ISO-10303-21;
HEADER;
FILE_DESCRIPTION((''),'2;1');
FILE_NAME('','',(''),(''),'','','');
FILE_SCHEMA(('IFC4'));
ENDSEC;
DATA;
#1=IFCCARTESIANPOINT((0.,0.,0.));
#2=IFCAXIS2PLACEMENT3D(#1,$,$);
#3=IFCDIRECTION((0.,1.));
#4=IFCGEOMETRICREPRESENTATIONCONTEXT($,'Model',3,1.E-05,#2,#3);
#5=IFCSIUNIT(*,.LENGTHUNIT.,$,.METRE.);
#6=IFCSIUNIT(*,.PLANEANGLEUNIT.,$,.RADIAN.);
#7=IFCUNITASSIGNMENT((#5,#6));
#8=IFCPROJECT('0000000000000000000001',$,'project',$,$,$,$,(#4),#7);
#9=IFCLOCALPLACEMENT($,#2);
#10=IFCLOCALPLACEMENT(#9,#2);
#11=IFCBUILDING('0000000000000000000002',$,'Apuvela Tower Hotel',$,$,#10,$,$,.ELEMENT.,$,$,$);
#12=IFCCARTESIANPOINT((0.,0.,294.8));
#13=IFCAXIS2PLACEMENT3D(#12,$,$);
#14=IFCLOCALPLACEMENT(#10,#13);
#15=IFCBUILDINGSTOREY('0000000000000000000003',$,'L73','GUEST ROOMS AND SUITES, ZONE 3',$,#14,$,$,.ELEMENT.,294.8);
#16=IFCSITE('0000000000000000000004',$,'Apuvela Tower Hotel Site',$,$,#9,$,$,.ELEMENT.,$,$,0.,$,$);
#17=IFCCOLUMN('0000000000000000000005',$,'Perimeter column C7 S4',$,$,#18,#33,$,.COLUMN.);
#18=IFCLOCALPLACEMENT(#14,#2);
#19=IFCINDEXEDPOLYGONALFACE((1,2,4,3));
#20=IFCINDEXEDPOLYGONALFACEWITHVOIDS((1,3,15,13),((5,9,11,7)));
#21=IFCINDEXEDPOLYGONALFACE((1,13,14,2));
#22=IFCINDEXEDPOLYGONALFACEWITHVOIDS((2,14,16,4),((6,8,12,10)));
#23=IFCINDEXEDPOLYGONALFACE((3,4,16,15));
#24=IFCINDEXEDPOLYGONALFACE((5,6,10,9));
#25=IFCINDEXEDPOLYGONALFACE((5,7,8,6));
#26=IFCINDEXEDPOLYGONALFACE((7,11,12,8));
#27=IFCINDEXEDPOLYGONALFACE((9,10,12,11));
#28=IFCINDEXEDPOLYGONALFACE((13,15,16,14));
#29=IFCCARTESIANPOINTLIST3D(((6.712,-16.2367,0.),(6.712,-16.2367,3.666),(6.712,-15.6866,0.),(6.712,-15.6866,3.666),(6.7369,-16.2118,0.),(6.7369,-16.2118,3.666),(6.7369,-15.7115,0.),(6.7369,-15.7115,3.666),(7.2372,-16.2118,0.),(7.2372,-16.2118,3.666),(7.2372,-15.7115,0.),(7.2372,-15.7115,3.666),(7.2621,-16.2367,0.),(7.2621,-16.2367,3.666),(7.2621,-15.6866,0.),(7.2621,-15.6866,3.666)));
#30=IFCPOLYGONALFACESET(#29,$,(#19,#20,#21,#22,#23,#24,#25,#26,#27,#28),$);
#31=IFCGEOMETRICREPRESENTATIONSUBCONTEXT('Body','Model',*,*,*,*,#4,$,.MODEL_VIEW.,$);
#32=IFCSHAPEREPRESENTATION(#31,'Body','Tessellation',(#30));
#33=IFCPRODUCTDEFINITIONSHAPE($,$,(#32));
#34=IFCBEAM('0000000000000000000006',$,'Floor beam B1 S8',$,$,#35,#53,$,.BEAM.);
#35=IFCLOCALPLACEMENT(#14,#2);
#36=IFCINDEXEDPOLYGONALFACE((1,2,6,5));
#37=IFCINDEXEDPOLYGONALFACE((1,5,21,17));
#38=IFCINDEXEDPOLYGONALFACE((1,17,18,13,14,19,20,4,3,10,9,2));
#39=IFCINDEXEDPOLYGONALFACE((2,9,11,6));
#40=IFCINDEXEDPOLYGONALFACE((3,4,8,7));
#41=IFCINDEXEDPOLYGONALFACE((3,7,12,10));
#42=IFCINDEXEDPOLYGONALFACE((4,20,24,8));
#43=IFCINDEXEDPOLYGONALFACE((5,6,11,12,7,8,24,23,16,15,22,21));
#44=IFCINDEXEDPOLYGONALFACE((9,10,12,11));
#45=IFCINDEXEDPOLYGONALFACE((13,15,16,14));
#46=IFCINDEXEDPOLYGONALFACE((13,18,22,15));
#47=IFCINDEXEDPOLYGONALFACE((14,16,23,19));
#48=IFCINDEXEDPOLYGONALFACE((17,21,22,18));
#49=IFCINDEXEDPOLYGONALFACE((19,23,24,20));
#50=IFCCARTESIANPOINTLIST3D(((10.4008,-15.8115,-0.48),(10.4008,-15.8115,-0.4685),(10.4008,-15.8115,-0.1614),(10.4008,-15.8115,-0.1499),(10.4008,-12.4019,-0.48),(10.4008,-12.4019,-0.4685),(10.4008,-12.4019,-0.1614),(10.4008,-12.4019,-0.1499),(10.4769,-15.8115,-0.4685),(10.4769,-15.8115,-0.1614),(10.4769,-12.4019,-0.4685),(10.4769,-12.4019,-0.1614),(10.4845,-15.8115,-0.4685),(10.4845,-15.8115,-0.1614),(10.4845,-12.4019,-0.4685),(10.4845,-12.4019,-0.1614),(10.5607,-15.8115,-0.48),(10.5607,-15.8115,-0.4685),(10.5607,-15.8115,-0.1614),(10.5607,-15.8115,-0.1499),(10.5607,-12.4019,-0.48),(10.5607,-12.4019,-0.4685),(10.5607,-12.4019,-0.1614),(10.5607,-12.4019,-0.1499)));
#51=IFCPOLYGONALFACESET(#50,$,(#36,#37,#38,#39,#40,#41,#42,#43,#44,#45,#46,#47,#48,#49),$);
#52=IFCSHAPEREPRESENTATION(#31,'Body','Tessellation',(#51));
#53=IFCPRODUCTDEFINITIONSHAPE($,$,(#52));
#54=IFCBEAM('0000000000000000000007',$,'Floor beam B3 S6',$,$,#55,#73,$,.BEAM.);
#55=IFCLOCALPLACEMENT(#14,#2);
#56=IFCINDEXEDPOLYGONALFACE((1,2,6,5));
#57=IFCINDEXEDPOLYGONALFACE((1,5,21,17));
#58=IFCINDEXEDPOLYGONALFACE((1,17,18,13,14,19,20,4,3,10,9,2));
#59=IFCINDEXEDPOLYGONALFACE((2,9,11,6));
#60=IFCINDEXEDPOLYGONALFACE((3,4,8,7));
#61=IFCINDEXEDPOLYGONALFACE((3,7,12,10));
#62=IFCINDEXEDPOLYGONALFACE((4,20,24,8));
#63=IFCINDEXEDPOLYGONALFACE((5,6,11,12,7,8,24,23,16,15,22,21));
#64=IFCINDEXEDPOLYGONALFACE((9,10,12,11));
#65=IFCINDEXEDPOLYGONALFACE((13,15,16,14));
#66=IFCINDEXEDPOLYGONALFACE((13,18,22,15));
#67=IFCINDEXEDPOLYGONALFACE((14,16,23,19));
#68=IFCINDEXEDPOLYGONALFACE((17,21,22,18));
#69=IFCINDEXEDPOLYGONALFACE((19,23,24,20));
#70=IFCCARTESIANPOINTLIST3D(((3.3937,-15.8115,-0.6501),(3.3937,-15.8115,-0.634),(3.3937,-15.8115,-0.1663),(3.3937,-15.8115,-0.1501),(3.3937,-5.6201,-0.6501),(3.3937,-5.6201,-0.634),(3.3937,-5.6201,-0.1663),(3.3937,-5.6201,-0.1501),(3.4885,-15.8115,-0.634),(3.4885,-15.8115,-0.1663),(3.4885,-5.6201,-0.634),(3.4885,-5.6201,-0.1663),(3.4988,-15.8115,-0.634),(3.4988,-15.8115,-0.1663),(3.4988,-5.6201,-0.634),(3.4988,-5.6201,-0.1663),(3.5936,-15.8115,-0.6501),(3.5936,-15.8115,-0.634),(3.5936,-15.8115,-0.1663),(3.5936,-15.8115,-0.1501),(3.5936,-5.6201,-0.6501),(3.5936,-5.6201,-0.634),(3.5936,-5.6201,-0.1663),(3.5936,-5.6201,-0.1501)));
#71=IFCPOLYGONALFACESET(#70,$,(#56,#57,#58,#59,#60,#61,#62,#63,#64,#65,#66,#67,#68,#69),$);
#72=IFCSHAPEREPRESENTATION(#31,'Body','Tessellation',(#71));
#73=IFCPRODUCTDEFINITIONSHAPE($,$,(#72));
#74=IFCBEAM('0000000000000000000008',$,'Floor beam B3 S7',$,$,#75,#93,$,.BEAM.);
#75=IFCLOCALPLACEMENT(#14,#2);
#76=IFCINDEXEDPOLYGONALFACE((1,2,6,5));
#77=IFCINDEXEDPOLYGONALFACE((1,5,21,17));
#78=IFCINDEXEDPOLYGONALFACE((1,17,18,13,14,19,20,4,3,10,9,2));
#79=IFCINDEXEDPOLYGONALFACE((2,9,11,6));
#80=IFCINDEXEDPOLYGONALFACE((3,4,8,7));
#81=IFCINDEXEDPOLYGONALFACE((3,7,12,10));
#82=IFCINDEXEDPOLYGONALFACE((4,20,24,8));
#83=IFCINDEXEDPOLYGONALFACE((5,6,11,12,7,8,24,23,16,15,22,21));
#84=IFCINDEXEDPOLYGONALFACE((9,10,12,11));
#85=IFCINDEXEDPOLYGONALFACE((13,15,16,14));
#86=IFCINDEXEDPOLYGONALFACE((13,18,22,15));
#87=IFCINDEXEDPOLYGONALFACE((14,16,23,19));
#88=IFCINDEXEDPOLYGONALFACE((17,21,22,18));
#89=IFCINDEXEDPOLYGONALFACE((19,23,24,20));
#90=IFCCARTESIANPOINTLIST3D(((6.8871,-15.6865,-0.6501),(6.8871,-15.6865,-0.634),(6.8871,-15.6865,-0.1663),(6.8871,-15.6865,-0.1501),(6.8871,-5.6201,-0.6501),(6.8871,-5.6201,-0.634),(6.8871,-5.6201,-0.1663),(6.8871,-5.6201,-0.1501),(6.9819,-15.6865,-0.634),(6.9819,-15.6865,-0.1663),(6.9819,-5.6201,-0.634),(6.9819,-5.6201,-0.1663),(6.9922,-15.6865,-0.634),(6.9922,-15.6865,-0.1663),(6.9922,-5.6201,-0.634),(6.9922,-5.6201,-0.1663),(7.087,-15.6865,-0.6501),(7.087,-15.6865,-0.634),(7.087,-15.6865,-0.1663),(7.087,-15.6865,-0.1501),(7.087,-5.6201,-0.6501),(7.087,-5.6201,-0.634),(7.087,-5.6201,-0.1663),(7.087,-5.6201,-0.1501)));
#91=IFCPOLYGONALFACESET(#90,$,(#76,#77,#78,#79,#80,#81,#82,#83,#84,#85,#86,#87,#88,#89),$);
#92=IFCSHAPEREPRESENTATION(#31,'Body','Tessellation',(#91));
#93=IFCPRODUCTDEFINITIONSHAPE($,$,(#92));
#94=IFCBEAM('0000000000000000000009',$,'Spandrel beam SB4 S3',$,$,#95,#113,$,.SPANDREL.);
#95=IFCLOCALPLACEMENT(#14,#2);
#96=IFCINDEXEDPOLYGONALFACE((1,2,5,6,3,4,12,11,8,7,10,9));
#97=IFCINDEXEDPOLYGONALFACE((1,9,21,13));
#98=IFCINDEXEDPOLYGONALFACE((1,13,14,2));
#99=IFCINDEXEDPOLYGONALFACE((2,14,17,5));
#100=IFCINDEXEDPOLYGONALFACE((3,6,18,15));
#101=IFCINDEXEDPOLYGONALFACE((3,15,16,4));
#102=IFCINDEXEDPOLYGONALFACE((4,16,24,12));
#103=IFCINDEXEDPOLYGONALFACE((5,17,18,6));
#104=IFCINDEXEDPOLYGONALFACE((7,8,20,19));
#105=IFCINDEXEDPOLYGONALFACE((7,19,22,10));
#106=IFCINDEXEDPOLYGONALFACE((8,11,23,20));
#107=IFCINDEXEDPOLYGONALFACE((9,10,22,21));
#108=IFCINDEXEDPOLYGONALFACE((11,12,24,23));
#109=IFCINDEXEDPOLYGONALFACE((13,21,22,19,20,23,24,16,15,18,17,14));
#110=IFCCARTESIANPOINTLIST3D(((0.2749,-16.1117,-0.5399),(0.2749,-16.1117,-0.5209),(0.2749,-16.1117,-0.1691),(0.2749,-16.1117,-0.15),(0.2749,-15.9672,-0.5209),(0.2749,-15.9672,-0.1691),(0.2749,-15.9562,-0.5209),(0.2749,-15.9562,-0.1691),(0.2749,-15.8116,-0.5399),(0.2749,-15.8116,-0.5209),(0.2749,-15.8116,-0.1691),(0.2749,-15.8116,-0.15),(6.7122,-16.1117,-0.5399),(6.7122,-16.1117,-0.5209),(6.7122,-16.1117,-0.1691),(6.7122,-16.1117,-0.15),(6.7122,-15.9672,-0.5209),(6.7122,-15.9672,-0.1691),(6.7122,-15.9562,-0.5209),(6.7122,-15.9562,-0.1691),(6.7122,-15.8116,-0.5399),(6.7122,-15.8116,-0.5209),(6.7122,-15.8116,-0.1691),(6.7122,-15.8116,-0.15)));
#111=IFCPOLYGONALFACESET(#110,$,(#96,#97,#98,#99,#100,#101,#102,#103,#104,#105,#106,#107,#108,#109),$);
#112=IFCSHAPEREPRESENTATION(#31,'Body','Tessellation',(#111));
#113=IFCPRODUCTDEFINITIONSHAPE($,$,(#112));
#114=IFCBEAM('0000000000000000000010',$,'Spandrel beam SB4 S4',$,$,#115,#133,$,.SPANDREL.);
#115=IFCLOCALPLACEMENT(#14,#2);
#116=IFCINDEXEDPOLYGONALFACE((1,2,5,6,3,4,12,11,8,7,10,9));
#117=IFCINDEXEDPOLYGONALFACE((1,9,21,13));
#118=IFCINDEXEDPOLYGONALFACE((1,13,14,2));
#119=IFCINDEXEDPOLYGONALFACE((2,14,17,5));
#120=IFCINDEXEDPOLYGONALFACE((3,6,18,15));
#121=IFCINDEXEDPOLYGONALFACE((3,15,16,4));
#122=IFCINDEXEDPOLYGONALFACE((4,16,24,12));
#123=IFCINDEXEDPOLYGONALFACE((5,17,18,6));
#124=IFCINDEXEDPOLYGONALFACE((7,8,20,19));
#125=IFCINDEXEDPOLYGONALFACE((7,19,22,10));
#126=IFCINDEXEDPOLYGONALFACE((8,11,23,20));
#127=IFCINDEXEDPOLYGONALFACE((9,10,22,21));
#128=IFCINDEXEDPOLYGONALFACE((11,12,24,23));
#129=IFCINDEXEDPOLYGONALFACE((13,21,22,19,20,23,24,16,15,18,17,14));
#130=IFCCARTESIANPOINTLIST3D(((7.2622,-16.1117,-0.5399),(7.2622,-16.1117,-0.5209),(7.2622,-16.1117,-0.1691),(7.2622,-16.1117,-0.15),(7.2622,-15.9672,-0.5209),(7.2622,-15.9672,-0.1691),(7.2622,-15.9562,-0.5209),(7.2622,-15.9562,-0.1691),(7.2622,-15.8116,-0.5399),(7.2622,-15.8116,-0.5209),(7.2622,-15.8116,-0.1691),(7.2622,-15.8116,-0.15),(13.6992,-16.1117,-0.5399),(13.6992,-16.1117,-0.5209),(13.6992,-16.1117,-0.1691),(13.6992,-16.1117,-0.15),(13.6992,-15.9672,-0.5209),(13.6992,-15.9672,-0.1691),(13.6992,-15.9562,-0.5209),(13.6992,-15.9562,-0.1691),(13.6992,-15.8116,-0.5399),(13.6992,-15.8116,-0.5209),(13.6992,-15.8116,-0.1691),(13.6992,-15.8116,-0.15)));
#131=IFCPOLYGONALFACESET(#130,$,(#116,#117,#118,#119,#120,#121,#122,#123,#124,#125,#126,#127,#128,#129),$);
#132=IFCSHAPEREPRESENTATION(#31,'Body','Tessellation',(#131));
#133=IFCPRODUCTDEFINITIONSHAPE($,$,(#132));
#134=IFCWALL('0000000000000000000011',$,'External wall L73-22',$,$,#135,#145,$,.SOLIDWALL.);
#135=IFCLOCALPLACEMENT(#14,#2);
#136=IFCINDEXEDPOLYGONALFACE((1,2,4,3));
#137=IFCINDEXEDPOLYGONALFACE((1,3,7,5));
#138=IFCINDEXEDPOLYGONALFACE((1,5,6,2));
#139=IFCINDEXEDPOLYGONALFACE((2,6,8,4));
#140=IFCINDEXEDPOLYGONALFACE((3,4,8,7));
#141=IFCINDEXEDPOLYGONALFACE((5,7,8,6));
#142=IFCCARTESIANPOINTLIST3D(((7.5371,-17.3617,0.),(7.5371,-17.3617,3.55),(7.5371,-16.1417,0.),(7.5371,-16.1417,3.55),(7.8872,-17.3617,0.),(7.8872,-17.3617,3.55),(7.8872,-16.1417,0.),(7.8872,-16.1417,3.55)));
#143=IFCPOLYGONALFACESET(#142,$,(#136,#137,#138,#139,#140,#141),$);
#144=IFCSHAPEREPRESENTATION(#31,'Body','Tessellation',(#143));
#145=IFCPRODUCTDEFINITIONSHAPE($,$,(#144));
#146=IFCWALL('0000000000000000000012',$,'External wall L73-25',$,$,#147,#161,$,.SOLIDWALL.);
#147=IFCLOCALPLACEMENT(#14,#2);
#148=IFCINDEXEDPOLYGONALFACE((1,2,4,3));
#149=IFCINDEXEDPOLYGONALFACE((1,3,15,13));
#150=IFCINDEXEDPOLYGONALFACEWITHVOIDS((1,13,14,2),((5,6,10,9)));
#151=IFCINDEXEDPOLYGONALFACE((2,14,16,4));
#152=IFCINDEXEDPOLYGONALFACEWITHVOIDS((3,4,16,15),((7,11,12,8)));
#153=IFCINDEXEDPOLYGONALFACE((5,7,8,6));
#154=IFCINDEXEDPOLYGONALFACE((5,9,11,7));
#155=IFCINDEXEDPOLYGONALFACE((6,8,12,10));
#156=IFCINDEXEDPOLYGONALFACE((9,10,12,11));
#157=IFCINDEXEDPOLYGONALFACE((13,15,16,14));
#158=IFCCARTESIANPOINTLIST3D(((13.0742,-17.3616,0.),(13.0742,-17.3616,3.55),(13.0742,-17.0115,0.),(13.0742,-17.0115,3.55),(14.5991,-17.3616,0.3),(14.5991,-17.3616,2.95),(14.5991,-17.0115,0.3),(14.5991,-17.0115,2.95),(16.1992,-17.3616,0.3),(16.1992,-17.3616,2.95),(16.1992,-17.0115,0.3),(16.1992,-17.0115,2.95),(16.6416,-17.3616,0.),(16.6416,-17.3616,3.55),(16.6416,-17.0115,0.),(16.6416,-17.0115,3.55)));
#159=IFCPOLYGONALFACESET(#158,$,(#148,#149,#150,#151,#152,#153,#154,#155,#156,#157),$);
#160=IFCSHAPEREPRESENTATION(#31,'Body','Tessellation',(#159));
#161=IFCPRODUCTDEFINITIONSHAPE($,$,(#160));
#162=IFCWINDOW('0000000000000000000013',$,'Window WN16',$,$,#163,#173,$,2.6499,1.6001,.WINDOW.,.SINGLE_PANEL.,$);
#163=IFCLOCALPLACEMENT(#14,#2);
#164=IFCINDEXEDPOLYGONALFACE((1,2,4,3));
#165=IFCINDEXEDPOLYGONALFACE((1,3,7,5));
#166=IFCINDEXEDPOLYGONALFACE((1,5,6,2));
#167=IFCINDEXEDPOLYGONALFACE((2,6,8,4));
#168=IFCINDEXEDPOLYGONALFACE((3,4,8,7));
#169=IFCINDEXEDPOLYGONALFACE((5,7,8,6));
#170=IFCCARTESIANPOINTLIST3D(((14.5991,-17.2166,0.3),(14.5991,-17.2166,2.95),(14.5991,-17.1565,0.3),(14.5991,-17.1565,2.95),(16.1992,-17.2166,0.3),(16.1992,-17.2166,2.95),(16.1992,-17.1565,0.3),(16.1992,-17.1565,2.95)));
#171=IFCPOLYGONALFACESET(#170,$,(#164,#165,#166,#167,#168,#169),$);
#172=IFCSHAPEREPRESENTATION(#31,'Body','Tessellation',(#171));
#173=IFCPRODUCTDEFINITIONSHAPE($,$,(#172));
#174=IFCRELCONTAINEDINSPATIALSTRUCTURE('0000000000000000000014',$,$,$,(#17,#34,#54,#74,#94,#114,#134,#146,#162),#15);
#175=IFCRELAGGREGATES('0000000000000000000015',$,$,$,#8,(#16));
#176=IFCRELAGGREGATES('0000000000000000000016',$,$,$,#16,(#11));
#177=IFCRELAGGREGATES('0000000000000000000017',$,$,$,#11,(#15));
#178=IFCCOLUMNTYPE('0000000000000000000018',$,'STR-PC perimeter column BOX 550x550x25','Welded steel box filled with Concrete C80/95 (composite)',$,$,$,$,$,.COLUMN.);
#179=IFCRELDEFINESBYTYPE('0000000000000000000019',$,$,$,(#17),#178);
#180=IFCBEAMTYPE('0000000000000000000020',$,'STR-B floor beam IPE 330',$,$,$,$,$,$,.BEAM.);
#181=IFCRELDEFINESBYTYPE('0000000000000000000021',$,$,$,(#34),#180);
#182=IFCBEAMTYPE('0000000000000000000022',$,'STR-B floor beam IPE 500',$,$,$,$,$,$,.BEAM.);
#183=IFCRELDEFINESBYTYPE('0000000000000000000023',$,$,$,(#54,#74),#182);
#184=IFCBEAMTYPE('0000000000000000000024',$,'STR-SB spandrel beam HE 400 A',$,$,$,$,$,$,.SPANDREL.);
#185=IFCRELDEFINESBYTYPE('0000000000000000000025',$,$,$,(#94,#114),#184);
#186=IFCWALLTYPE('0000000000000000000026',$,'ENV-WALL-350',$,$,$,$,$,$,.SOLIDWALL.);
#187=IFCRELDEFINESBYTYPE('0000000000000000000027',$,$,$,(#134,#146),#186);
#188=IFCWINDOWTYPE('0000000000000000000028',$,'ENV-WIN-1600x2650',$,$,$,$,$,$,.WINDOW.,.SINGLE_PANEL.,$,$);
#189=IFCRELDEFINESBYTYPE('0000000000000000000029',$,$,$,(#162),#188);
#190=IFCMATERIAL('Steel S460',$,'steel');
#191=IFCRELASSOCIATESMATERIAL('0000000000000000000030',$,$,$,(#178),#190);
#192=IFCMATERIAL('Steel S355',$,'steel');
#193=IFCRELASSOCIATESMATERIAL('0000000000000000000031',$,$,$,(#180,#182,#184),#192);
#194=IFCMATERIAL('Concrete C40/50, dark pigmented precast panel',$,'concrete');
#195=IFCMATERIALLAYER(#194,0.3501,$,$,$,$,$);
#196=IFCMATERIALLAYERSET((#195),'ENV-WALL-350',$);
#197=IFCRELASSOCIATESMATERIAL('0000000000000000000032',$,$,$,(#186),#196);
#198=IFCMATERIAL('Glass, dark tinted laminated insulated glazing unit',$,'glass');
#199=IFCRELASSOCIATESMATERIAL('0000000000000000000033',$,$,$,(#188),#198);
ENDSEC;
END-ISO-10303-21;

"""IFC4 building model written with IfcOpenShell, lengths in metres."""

from ifc_helpers import new_model, si_unit, direction, frame, frame_2d, origin, origin_2d, place, context, subcontext, project, spatial, rectangle, hollow_rectangle, i_section, extrude, boolean, halfspace, material, layer, layer_set, material_profile, profile_set, type_object, element, fill, save


model = new_model("IFC4")

# Units and contexts
model_context = context("Model", 3, precision=1e-05, world=origin(), true_north=direction((0.0, 1.0)))
body_context = subcontext(model_context, "Body", "Model", "MODEL_VIEW")
ifc_project = project(units=[si_unit("LENGTHUNIT", "METRE"), si_unit("PLANEANGLEUNIT", "RADIAN")], contexts=[model_context])

# Site, building, storey
site_placement = place(None, origin())
site = spatial("IfcSite", under=ifc_project, at=site_placement, Name="Apuvela Tower Hotel Site", CompositionType="ELEMENT", RefElevation=0.0)
building_placement = place(site_placement, origin())
building = spatial("IfcBuilding", under=site, at=building_placement, Name="Apuvela Tower Hotel", CompositionType="ELEMENT")
storey_placement = place(building_placement, frame((0.0, 0.0, 294.8)))
storey = spatial("IfcBuildingStorey", under=building, at=storey_placement, Name="L73", Description="GUEST ROOMS AND SUITES, ZONE 3", CompositionType="ELEMENT", Elevation=294.8)

# Column
ifc_material_1 = material(Name="Steel S460", Category="steel")
ifc_material_profile_1 = material_profile(ifc_material_1, hollow_rectangle(XDim=0.55, YDim=0.55, WallThickness=0.0249, at=origin_2d()), Name="BOX 550x550x25")
ifc_material_2 = material(Name="Concrete C80/95", Category="concrete")
ifc_material_profile_2 = material_profile(ifc_material_2, rectangle(XDim=0.5, YDim=0.5, at=origin_2d()), Name="Concrete C80/95 infill")
ifc_profile_set_1 = profile_set([ifc_material_profile_1, ifc_material_profile_2], Name="Steel S460")
column_type = type_object("IfcColumnType", Name="STR-PC perimeter column BOX 550x550x25", Description="Welded steel box filled with Concrete C80/95 (composite)", PredefinedType="COLUMN", material=ifc_profile_set_1)
column_placement = place(storey_placement, frame((6.9871, -15.9617, 0.0), z_axis=(0.0, 0.0, 1.0), x_axis=(-1.0, 0.0, 0.0)))
element("IfcColumn", 1, at=column_placement, inside=storey, type_object=column_type, Name="Perimeter column C7 S4", PredefinedType="COLUMN", context=body_context, shape_type="SweptSolid", body=[
    boolean("DIFFERENCE", extrude(hollow_rectangle(XDim=0.55, YDim=0.55, WallThickness=0.0249, at=origin_2d()), origin(), (0.0, 0.0, 1.0), 3.7), halfspace(frame((0.0, 0.0, 3.666), z_axis=(0.0, 0.0, 1.0), x_axis=(1.0, 0.0, 0.0)), False)),
])

# Beams
ifc_material_3 = material(Name="Steel S355", Category="steel")
ifc_material_profile_3 = material_profile(ifc_material_3, i_section(OverallWidth=0.1599, OverallDepth=0.3301, WebThickness=0.0076, FlangeThickness=0.0115, at=origin_2d()), Name="IPE 330")
ifc_profile_set_2 = profile_set([ifc_material_profile_3], Name="Steel S355")
beam_type_1 = type_object("IfcBeamType", Name="STR-B floor beam IPE 330", PredefinedType="BEAM", material=ifc_profile_set_2)
beam_1_placement = place(storey_placement, frame((10.4807, -15.8115, -0.3149), z_axis=(0.0, 1.0, 0.0), x_axis=(-1.0, 0.0, 0.0)))
element("IfcBeam", 2, at=beam_1_placement, inside=storey, type_object=beam_type_1, Name="Floor beam B1 S8", PredefinedType="BEAM", context=body_context, shape_type="SweptSolid", body=[
    extrude(i_section(OverallWidth=0.1599, OverallDepth=0.3301, WebThickness=0.0076, FlangeThickness=0.0115, at=origin_2d()), origin(), (0.0, 0.0, 1.0), 3.4097),
])
ifc_material_profile_4 = material_profile(ifc_material_3, i_section(OverallWidth=0.2, OverallDepth=0.5, WebThickness=0.0103, FlangeThickness=0.0161, at=origin_2d()), Name="IPE 500")
ifc_profile_set_3 = profile_set([ifc_material_profile_4], Name="Steel S355")
beam_type_2 = type_object("IfcBeamType", Name="STR-B floor beam IPE 500", PredefinedType="BEAM", material=ifc_profile_set_3)
beam_2_placement = place(storey_placement, frame((3.4937, -15.8115, -0.4001), z_axis=(0.0, 1.0, 0.0), x_axis=(-1.0, 0.0, 0.0)))
element("IfcBeam", 3, at=beam_2_placement, inside=storey, type_object=beam_type_2, Name="Floor beam B3 S6", PredefinedType="BEAM", context=body_context, shape_type="SweptSolid", body=[
    extrude(i_section(OverallWidth=0.2, OverallDepth=0.5, WebThickness=0.0103, FlangeThickness=0.0161, at=origin_2d()), origin(), (0.0, 0.0, 1.0), 10.1914),
])
beam_3_placement = place(storey_placement, frame((6.9871, -15.6865, -0.4001), z_axis=(0.0, 1.0, 0.0), x_axis=(-1.0, 0.0, 0.0)))
element("IfcBeam", 4, at=beam_3_placement, inside=storey, type_object=beam_type_2, Name="Floor beam B3 S7", PredefinedType="BEAM", context=body_context, shape_type="SweptSolid", body=[
    extrude(i_section(OverallWidth=0.2, OverallDepth=0.5, WebThickness=0.0103, FlangeThickness=0.0161, at=origin_2d()), origin(), (0.0, 0.0, 1.0), 10.0664),
])
ifc_material_profile_5 = material_profile(ifc_material_3, i_section(OverallWidth=0.3, OverallDepth=0.3899, WebThickness=0.011, FlangeThickness=0.019, at=origin_2d()), Name="HE 400 A")
ifc_profile_set_4 = profile_set([ifc_material_profile_5], Name="Steel S355")
beam_type_3 = type_object("IfcBeamType", Name="STR-SB spandrel beam HE 400 A", PredefinedType="SPANDREL", material=ifc_profile_set_4)
beam_4_placement = place(storey_placement, frame((0.2749, -15.9617, -0.345), z_axis=(1.0, 0.0, 0.0), x_axis=(0.0, 1.0, 0.0)))
element("IfcBeam", 5, at=beam_4_placement, inside=storey, type_object=beam_type_3, Name="Spandrel beam SB4 S3", PredefinedType="SPANDREL", context=body_context, shape_type="SweptSolid", body=[
    extrude(i_section(OverallWidth=0.3, OverallDepth=0.3899, WebThickness=0.011, FlangeThickness=0.019, at=origin_2d()), origin(), (0.0, 0.0, 1.0), 6.4373),
])
beam_5_placement = place(storey_placement, frame((7.2622, -15.9617, -0.345), z_axis=(1.0, 0.0, 0.0), x_axis=(0.0, 1.0, 0.0)))
element("IfcBeam", 6, at=beam_5_placement, inside=storey, type_object=beam_type_3, Name="Spandrel beam SB4 S4", PredefinedType="SPANDREL", context=body_context, shape_type="SweptSolid", body=[
    extrude(i_section(OverallWidth=0.3, OverallDepth=0.3899, WebThickness=0.011, FlangeThickness=0.019, at=origin_2d()), origin(), (0.0, 0.0, 1.0), 6.437),
])

# Wall
ifc_material_4 = material(Name="Concrete C40/50, dark pigmented precast panel", Category="concrete")
ifc_layer_1 = layer(ifc_material_4, 0.3501)
ifc_layer_set_1 = layer_set([ifc_layer_1], Name="ENV-WALL-350")
wall_type_1 = type_object("IfcWallType", Name="ENV-WALL-350", PredefinedType="SOLIDWALL", material=ifc_layer_set_1)
wall_1_placement = place(storey_placement, frame((7.7122, -17.3616, 0.0), z_axis=(0.0, 0.0, 1.0), x_axis=(0.0, 1.0, 0.0)))
element("IfcWall", 7, at=wall_1_placement, inside=storey, type_object=wall_type_1, Name="External wall L73-22", PredefinedType="SOLIDWALL", context=body_context, shape_type="SweptSolid", body=[
    extrude(rectangle(XDim=1.22, YDim=0.3501, at=frame_2d((0.6099, 0.0))), origin(), (0.0, 0.0, 1.0), 3.55),
])

# Shared definitions
ifc_material_5 = material(Name="Glass, dark tinted laminated insulated glazing unit", Category="glass")

# Wall, opening, window
wall_2_placement = place(storey_placement, frame((13.0742, -17.1865, 0.0), z_axis=(0.0, 0.0, 1.0), x_axis=(1.0, 0.0, 0.0)))
wall_2 = element("IfcWall", 8, at=wall_2_placement, inside=storey, type_object=wall_type_1, Name="External wall L73-25", PredefinedType="SOLIDWALL", context=body_context, shape_type="SweptSolid", body=[
    extrude(rectangle(XDim=3.5674, YDim=0.3501, at=frame_2d((1.7837, 0.0))), origin(), (0.0, 0.0, 1.0), 3.55),
])
opening_1_placement = place(wall_2_placement, frame((1.5249, 0.0, 0.3)))
opening_1 = element("IfcOpeningElement", 9, at=opening_1_placement, cuts=wall_2, PredefinedType="OPENING", context=body_context, shape_type="SweptSolid", body=[
    extrude(rectangle(XDim=1.6001, YDim=2.6499, at=frame_2d((0.8, 1.325))), frame((0.0, 0.1851, 0.0), z_axis=(0.0, -1.0, 0.0), x_axis=(1.0, 0.0, 0.0)), (0.0, 0.0, 1.0), 0.3701),
])
window_type_1 = type_object("IfcWindowType", Name="ENV-WIN-1600x2650", PartitioningType="SINGLE_PANEL", PredefinedType="WINDOW", material=ifc_material_5)
window_1_placement = place(opening_1_placement, origin())
window_1 = element("IfcWindow", 10, at=window_1_placement, inside=storey, type_object=window_type_1, Name="Window WN16", OverallHeight=2.6499, OverallWidth=1.6001, PartitioningType="SINGLE_PANEL", PredefinedType="WINDOW", context=body_context, shape_type="SweptSolid", body=[
    extrude(rectangle(XDim=1.6001, YDim=2.6499, at=frame_2d((0.8, 1.325))), frame((0.0, 0.03, 0.0), z_axis=(0.0, -1.0, 0.0), x_axis=(1.0, 0.0, 0.0)), (0.0, 0.0, 1.0), 0.0601),
])
fill(opening_1, window_1)

save(model, "model.ifc")
